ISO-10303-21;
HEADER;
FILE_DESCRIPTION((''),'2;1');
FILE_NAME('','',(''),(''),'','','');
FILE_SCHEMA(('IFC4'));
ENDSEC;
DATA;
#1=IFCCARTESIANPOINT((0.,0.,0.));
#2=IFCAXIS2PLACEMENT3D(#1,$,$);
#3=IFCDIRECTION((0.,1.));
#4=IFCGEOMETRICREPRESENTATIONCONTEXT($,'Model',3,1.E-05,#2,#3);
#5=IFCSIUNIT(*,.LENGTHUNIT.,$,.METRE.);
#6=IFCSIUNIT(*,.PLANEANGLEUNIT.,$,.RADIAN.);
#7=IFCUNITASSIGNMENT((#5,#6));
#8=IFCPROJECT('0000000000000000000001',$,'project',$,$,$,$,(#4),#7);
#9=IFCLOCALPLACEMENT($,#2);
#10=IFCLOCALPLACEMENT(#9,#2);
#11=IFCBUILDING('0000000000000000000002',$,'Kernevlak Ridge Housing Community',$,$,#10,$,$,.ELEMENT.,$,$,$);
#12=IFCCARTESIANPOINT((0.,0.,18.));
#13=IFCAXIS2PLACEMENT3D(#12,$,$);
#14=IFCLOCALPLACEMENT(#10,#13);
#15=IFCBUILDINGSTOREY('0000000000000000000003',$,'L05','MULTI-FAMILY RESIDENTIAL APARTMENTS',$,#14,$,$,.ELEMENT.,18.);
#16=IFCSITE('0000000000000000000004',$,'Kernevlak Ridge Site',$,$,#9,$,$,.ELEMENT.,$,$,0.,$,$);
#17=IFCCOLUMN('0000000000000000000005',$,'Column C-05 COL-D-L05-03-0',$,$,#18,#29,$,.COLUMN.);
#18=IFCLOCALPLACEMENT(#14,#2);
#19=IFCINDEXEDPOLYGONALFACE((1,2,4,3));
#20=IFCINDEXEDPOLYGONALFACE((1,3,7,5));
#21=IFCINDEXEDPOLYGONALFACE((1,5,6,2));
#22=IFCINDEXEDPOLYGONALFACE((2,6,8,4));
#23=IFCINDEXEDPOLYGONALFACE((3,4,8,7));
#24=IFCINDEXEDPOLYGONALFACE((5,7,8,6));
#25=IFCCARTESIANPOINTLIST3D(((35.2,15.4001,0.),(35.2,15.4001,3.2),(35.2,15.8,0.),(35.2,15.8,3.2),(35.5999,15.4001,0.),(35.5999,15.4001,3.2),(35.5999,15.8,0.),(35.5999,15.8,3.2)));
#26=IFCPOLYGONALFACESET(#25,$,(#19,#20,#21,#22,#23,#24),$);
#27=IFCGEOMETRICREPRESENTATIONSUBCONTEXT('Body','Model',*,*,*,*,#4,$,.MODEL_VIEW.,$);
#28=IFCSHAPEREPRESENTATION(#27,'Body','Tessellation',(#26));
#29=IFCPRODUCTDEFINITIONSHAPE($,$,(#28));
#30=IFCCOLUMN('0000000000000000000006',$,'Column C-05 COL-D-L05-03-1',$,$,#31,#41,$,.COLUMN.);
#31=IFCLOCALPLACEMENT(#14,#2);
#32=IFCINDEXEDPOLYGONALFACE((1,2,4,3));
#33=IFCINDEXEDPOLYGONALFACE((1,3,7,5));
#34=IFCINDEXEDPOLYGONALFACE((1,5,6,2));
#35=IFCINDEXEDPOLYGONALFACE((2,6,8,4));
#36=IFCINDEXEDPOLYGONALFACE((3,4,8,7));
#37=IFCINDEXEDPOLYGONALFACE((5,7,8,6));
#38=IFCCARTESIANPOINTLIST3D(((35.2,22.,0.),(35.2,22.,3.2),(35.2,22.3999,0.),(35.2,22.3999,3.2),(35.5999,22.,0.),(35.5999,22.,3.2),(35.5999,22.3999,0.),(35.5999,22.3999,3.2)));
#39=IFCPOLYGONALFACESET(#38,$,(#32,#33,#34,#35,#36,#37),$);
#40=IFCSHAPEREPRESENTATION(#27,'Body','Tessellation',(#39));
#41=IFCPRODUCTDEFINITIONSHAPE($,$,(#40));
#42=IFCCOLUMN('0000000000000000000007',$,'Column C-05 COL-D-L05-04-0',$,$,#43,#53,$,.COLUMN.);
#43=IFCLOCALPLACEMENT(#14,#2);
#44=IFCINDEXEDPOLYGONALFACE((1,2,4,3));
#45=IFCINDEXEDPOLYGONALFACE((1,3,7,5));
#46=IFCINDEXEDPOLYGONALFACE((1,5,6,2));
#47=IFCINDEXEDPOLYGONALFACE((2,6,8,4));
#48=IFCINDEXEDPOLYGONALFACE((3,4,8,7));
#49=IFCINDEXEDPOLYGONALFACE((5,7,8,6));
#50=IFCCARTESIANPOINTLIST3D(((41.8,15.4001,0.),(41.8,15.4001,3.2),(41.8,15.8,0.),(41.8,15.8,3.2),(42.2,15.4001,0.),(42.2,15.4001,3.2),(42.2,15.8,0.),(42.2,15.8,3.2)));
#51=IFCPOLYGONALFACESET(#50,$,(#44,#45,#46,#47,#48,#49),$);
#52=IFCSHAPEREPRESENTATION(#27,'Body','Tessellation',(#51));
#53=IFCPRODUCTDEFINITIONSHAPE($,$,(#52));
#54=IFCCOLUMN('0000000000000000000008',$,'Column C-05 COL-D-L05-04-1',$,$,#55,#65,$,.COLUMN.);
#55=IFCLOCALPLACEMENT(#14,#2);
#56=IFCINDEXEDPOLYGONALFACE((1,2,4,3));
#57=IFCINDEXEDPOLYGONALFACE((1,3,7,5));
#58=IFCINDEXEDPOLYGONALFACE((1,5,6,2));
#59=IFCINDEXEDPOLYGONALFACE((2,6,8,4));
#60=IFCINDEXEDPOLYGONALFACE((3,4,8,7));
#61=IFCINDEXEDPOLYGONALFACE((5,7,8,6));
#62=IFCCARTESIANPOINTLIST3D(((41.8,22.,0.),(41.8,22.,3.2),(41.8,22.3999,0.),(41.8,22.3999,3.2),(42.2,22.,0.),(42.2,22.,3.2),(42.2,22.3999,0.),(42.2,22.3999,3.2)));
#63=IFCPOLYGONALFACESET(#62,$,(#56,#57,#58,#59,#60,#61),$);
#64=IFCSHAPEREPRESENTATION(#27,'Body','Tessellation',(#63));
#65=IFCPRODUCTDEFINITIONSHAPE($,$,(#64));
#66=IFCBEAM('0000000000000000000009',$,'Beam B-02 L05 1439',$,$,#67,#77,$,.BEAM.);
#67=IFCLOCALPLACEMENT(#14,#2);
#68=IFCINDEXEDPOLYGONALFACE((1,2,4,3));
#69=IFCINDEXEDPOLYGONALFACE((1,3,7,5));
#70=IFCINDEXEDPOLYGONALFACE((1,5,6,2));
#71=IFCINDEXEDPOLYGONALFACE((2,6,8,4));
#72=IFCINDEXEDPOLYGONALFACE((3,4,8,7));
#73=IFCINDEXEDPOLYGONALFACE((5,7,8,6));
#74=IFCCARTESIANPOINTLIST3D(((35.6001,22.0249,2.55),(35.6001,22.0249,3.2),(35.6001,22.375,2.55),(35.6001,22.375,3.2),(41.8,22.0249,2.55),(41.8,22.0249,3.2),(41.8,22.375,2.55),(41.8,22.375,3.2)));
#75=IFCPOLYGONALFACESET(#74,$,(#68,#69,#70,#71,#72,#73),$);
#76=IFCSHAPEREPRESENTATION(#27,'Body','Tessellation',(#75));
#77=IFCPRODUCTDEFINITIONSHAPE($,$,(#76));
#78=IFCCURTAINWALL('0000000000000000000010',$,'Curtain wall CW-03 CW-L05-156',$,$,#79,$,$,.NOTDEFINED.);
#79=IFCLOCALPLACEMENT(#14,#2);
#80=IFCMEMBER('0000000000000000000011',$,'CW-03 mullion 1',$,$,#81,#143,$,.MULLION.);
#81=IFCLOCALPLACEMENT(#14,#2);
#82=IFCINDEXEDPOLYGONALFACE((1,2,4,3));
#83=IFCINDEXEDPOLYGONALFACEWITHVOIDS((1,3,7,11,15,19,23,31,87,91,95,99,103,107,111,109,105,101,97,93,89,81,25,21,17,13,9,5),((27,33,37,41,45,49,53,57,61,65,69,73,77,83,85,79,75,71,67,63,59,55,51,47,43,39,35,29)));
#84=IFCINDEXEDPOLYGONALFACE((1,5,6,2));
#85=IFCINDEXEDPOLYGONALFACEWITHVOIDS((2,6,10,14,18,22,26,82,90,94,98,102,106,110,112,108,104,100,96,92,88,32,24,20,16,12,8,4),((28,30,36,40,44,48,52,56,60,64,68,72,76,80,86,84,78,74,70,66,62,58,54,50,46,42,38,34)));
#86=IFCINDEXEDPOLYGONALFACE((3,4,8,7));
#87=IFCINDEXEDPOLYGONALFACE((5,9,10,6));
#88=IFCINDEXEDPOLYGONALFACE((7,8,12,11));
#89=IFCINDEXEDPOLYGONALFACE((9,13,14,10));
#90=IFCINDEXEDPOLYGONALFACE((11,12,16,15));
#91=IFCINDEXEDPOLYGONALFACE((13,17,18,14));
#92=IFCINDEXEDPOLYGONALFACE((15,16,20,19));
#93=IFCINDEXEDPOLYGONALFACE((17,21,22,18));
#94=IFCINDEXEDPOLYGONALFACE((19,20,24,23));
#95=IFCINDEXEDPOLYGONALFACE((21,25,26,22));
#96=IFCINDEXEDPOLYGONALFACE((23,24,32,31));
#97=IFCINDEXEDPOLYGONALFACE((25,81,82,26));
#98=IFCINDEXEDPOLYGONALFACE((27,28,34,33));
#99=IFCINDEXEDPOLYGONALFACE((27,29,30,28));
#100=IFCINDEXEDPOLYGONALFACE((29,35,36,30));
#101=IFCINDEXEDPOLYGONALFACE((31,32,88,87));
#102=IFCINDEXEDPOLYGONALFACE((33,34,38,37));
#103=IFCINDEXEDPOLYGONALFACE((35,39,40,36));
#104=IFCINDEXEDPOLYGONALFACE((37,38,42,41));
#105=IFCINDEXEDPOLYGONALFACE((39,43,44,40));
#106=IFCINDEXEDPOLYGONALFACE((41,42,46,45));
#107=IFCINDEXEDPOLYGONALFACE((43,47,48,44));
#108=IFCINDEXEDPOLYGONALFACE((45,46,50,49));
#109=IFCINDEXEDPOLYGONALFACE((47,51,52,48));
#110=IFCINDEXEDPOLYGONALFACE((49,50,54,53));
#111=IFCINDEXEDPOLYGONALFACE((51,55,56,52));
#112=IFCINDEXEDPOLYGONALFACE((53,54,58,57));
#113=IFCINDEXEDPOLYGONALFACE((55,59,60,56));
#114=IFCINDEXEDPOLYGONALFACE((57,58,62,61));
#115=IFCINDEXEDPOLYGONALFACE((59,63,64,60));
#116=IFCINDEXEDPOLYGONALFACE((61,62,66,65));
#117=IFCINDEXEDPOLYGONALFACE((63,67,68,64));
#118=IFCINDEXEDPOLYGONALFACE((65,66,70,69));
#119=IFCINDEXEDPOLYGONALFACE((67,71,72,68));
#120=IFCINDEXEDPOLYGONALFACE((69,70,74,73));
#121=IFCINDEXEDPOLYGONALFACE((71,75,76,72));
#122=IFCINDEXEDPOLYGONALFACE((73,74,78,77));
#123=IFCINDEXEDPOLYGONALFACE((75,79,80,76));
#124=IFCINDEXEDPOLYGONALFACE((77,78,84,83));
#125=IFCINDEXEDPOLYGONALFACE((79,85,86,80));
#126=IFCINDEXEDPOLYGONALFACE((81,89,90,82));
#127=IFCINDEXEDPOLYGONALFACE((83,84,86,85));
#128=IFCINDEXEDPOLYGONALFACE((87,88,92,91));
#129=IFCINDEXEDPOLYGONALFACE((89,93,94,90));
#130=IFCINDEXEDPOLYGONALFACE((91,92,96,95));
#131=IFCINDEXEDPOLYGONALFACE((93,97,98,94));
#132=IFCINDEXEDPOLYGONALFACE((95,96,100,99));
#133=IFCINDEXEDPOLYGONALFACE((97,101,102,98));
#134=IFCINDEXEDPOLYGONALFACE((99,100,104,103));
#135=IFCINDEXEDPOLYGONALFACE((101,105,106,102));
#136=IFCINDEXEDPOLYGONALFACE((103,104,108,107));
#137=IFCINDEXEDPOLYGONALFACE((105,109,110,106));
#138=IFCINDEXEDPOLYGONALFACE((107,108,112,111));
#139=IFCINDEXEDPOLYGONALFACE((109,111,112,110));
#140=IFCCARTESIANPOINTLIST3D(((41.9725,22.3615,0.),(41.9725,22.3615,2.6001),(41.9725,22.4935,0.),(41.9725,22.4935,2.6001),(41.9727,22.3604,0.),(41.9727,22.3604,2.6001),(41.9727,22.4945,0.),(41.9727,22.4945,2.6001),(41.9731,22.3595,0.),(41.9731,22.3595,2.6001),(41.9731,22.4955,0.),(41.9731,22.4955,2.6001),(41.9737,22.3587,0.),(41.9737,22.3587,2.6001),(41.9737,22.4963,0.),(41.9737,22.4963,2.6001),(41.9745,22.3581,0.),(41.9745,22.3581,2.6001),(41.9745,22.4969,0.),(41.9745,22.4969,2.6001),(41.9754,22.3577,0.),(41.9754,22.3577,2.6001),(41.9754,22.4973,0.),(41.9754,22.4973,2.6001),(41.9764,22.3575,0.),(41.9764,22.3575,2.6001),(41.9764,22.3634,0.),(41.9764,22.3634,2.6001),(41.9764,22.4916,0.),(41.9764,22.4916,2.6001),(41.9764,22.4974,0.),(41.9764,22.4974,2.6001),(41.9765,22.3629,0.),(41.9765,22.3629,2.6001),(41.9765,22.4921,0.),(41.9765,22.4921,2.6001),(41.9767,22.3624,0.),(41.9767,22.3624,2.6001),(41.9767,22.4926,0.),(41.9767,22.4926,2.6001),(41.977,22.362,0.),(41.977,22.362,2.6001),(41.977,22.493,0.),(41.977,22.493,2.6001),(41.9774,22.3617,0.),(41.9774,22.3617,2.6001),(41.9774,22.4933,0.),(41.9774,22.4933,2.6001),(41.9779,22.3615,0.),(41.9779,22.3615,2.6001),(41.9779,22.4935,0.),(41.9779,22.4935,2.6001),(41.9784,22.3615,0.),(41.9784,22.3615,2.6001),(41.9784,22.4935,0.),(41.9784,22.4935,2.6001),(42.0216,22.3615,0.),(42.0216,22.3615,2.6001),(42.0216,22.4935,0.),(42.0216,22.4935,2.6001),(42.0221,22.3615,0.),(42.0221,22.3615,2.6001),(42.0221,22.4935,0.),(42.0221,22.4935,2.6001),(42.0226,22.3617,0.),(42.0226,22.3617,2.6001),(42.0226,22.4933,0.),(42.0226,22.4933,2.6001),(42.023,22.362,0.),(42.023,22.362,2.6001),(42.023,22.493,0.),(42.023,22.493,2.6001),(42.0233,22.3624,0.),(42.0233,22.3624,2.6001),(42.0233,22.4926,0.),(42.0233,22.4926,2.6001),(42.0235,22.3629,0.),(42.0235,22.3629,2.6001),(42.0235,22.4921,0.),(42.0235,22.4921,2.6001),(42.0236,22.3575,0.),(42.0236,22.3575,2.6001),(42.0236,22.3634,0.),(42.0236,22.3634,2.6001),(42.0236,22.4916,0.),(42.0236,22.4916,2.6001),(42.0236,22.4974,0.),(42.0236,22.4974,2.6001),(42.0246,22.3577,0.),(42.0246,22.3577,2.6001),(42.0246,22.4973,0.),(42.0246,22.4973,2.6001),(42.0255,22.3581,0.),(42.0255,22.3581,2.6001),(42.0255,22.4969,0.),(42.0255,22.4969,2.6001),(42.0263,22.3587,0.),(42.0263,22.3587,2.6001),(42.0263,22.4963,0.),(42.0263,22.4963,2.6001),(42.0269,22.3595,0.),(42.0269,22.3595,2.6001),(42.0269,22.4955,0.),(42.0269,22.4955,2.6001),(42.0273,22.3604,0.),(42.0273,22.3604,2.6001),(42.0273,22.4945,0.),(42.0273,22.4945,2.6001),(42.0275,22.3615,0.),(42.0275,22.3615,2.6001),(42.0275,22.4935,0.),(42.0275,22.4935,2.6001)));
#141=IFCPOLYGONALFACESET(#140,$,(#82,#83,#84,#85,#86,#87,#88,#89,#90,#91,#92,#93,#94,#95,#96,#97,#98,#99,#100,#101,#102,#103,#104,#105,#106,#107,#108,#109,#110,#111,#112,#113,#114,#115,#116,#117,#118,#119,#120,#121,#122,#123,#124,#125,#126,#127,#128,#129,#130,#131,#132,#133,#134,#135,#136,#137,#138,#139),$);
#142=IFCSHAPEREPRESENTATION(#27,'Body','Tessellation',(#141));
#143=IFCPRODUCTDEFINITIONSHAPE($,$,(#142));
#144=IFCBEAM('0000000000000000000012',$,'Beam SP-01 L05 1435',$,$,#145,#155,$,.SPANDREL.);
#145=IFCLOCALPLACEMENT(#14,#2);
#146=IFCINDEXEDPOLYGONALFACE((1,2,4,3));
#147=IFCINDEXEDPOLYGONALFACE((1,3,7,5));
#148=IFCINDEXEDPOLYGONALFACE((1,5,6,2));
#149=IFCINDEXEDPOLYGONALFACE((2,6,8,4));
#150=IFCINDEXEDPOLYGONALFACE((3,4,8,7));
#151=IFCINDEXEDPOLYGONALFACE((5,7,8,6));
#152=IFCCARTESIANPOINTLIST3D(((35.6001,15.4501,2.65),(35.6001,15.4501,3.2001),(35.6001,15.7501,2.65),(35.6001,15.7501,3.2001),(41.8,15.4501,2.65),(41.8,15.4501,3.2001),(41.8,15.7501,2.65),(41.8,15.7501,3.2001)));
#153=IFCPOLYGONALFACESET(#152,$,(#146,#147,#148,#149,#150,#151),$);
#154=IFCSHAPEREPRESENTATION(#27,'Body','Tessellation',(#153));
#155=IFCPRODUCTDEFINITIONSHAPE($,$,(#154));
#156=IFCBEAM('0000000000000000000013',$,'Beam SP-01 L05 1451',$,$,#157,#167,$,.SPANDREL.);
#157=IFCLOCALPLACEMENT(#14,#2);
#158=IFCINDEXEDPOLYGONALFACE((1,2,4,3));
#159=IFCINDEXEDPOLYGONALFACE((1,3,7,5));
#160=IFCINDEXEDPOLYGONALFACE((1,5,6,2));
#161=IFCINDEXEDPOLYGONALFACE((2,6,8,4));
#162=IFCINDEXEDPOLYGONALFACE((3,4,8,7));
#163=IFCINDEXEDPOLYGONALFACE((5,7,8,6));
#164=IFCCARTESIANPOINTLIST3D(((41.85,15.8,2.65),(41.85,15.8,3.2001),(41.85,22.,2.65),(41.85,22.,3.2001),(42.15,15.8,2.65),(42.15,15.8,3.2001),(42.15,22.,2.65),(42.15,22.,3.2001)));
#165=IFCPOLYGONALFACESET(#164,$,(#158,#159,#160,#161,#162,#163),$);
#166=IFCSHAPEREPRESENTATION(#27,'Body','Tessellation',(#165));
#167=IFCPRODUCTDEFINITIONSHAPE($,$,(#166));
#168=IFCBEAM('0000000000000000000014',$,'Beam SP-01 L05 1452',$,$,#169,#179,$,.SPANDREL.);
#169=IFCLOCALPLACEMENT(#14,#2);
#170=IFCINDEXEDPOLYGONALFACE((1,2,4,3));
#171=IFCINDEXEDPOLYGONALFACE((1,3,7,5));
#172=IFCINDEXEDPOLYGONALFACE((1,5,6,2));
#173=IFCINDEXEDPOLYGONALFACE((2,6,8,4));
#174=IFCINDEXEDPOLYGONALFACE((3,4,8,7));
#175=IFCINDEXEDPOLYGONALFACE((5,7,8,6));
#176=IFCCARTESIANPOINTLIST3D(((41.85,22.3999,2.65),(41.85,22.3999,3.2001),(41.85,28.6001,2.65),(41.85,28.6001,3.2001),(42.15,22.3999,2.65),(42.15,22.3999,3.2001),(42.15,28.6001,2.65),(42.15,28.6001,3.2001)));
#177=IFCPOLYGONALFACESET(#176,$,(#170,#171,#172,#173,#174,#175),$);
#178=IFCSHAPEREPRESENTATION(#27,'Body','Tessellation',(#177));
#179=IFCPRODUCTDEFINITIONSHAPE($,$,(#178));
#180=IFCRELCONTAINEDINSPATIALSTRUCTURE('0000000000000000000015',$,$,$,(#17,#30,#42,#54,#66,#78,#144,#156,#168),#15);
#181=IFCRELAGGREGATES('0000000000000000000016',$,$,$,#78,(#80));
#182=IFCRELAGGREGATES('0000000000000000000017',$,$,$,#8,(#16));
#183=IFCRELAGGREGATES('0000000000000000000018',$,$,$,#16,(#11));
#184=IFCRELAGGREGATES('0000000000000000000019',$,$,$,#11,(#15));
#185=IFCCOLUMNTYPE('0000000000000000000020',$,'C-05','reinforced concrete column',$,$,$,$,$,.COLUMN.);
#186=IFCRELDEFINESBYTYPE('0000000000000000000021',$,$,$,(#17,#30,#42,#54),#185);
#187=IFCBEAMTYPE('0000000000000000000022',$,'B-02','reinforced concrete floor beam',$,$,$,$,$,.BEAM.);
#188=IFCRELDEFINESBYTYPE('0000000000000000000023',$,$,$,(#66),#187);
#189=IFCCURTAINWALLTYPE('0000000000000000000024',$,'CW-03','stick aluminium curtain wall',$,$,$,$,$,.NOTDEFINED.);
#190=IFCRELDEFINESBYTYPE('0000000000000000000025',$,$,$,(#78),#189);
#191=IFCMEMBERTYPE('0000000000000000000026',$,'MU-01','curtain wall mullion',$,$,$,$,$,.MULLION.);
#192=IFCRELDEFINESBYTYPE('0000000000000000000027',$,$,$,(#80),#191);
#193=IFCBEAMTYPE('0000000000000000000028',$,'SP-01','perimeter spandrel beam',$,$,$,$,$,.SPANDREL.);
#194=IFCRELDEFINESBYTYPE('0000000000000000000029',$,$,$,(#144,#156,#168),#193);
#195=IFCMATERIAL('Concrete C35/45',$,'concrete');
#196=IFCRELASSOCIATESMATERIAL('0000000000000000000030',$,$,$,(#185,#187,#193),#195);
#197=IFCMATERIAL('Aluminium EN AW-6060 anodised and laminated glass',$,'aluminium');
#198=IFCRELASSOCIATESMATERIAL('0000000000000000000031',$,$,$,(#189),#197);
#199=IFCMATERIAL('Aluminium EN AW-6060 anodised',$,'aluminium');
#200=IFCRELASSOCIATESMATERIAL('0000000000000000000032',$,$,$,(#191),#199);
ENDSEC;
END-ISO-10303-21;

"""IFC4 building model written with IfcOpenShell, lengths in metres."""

from ifc_helpers import new_model, si_unit, direction, frame, origin, origin_2d, place, context, subcontext, project, spatial, rectangle, hollow_rectangle, extrude, material, material_profile, profile_set, type_object, element, aggregate, save


model = new_model("IFC4")

# Units and contexts
model_context = context("Model", 3, precision=1e-05, world=origin(), true_north=direction((0.0, 1.0)))
body_context = subcontext(model_context, "Body", "Model", "MODEL_VIEW")
ifc_project = project(units=[si_unit("LENGTHUNIT", "METRE"), si_unit("PLANEANGLEUNIT", "RADIAN")], contexts=[model_context])

# Site, building, storey
site_placement = place(None, origin())
site = spatial("IfcSite", under=ifc_project, at=site_placement, Name="Kernevlak Ridge Site", CompositionType="ELEMENT", RefElevation=0.0)
building_placement = place(site_placement, origin())
building = spatial("IfcBuilding", under=site, at=building_placement, Name="Kernevlak Ridge Housing Community", CompositionType="ELEMENT")
storey_placement = place(building_placement, frame((0.0, 0.0, 18.0)))
storey = spatial("IfcBuildingStorey", under=building, at=storey_placement, Name="L05", Description="MULTI-FAMILY RESIDENTIAL APARTMENTS", CompositionType="ELEMENT", Elevation=18.0)

# Columns
ifc_material_1 = material(Name="Concrete C35/45", Category="concrete")
ifc_material_profile_1 = material_profile(ifc_material_1, rectangle(XDim=0.3999, YDim=0.3999, at=origin_2d()), Name="RC 400x400")
ifc_profile_set_1 = profile_set([ifc_material_profile_1], Name="Concrete C35/45")
column_type = type_object("IfcColumnType", Name="C-05", Description="reinforced concrete column", PredefinedType="COLUMN", material=ifc_profile_set_1)
for number, where, z_axis, x_axis, name in (
    (1, (35.3999, 15.6001, 0.0), (0.0, 0.0, 1.0), (1.0, 0.0, 0.0), "Column C-05 COL-D-L05-03-0"),
    (2, (35.3999, 22.2, 0.0), (0.0, 0.0, 1.0), (1.0, 0.0, 0.0), "Column C-05 COL-D-L05-03-1"),
    (3, (42.0, 15.6001, 0.0), (0.0, 0.0, 1.0), (1.0, 0.0, 0.0), "Column C-05 COL-D-L05-04-0"),
    (4, (42.0, 22.2, 0.0), (0.0, 0.0, 1.0), (1.0, 0.0, 0.0), "Column C-05 COL-D-L05-04-1"),
):
    element("IfcColumn", number, at=place(storey_placement, frame(where, z_axis=z_axis, x_axis=x_axis)), inside=storey, type_object=column_type, Name=name, PredefinedType="COLUMN", context=body_context, shape_type="SweptSolid", body=[
        extrude(rectangle(XDim=0.3999, YDim=0.3999, at=origin_2d()), origin(), (0.0, 0.0, 1.0), 3.2),
    ])

# Beam
ifc_material_profile_2 = material_profile(ifc_material_1, rectangle(XDim=0.3501, YDim=0.6499, at=origin_2d()), Name="RC 350x650")
ifc_profile_set_2 = profile_set([ifc_material_profile_2], Name="Concrete C35/45")
beam_type_1 = type_object("IfcBeamType", Name="B-02", Description="reinforced concrete floor beam", PredefinedType="BEAM", material=ifc_profile_set_2)
beam_1_placement = place(storey_placement, frame((35.6001, 22.2, 2.875), z_axis=(1.0, 0.0, 0.0), x_axis=(0.0, 1.0, 0.0)))
element("IfcBeam", 5, at=beam_1_placement, inside=storey, type_object=beam_type_1, Name="Beam B-02 L05 1439", PredefinedType="BEAM", context=body_context, shape_type="SweptSolid", body=[
    extrude(rectangle(XDim=0.3501, YDim=0.6499, at=origin_2d()), origin(), (0.0, 0.0, 1.0), 6.2),
])

# Curtain wall, member
ifc_material_2 = material(Name="Aluminium EN AW-6060 anodised and laminated glass", Category="aluminium")
curtain_wall_type = type_object("IfcCurtainWallType", Name="CW-03", Description="stick aluminium curtain wall", PredefinedType="NOTDEFINED", material=ifc_material_2)
curtain_wall_placement = place(storey_placement, origin())
curtain_wall = element("IfcCurtainWall", 6, at=curtain_wall_placement, inside=storey, type_object=curtain_wall_type, Name="Curtain wall CW-03 CW-L05-156", PredefinedType="NOTDEFINED")
ifc_material_3 = material(Name="Aluminium EN AW-6060 anodised", Category="aluminium")
ifc_material_profile_3 = material_profile(ifc_material_3, hollow_rectangle(XDim=0.0549, YDim=0.1399, WallThickness=0.0039, InnerFilletRadius=0.002, OuterFilletRadius=0.0039, at=origin_2d()), Name="ALU 55x140x4")
ifc_profile_set_3 = profile_set([ifc_material_profile_3], Name="Aluminium EN AW-6060 anodised")
member_type_1 = type_object("IfcMemberType", Name="MU-01", Description="curtain wall mullion", PredefinedType="MULLION", material=ifc_profile_set_3)
member_1_placement = place(storey_placement, frame((42.0, 22.4275, 0.0), z_axis=(0.0, 0.0, 1.0), x_axis=(-1.0, 0.0, 0.0)))
member_1 = element("IfcMember", 7, at=member_1_placement, type_object=member_type_1, Name="CW-03 mullion 1", PredefinedType="MULLION", context=body_context, shape_type="SweptSolid", body=[
    extrude(hollow_rectangle(XDim=0.0549, YDim=0.1399, WallThickness=0.0039, InnerFilletRadius=0.002, OuterFilletRadius=0.0039, at=origin_2d()), origin(), (0.0, 0.0, 1.0), 2.6001),
])

# Beams
ifc_material_profile_4 = material_profile(ifc_material_1, rectangle(XDim=0.3, YDim=0.55, at=origin_2d()), Name="RC 300x550")
ifc_profile_set_4 = profile_set([ifc_material_profile_4], Name="Concrete C35/45")
beam_type_2 = type_object("IfcBeamType", Name="SP-01", Description="perimeter spandrel beam", PredefinedType="SPANDREL", material=ifc_profile_set_4)
for number, where, z_axis, x_axis, name in (
    (8, (35.6001, 15.6001, 2.925), (1.0, 0.0, 0.0), (0.0, 1.0, 0.0), "Beam SP-01 L05 1435"),
    (9, (42.0, 15.8, 2.925), (0.0, 1.0, 0.0), (-1.0, 0.0, 0.0), "Beam SP-01 L05 1451"),
):
    element("IfcBeam", number, at=place(storey_placement, frame(where, z_axis=z_axis, x_axis=x_axis)), inside=storey, type_object=beam_type_2, Name=name, PredefinedType="SPANDREL", context=body_context, shape_type="SweptSolid", body=[
        extrude(rectangle(XDim=0.3, YDim=0.55, at=origin_2d()), origin(), (0.0, 0.0, 1.0), 6.2),
    ])
beam_2_placement = place(storey_placement, frame((42.0, 22.3999, 2.925), z_axis=(0.0, 1.0, 0.0), x_axis=(-1.0, 0.0, 0.0)))
element("IfcBeam", 10, at=beam_2_placement, inside=storey, type_object=beam_type_2, Name="Beam SP-01 L05 1452", PredefinedType="SPANDREL", context=body_context, shape_type="SweptSolid", body=[
    extrude(rectangle(XDim=0.3, YDim=0.55, at=origin_2d()), origin(), (0.0, 0.0, 1.0), 6.2002),
])

aggregate(curtain_wall, [member_1])

save(model, "model.ifc")
